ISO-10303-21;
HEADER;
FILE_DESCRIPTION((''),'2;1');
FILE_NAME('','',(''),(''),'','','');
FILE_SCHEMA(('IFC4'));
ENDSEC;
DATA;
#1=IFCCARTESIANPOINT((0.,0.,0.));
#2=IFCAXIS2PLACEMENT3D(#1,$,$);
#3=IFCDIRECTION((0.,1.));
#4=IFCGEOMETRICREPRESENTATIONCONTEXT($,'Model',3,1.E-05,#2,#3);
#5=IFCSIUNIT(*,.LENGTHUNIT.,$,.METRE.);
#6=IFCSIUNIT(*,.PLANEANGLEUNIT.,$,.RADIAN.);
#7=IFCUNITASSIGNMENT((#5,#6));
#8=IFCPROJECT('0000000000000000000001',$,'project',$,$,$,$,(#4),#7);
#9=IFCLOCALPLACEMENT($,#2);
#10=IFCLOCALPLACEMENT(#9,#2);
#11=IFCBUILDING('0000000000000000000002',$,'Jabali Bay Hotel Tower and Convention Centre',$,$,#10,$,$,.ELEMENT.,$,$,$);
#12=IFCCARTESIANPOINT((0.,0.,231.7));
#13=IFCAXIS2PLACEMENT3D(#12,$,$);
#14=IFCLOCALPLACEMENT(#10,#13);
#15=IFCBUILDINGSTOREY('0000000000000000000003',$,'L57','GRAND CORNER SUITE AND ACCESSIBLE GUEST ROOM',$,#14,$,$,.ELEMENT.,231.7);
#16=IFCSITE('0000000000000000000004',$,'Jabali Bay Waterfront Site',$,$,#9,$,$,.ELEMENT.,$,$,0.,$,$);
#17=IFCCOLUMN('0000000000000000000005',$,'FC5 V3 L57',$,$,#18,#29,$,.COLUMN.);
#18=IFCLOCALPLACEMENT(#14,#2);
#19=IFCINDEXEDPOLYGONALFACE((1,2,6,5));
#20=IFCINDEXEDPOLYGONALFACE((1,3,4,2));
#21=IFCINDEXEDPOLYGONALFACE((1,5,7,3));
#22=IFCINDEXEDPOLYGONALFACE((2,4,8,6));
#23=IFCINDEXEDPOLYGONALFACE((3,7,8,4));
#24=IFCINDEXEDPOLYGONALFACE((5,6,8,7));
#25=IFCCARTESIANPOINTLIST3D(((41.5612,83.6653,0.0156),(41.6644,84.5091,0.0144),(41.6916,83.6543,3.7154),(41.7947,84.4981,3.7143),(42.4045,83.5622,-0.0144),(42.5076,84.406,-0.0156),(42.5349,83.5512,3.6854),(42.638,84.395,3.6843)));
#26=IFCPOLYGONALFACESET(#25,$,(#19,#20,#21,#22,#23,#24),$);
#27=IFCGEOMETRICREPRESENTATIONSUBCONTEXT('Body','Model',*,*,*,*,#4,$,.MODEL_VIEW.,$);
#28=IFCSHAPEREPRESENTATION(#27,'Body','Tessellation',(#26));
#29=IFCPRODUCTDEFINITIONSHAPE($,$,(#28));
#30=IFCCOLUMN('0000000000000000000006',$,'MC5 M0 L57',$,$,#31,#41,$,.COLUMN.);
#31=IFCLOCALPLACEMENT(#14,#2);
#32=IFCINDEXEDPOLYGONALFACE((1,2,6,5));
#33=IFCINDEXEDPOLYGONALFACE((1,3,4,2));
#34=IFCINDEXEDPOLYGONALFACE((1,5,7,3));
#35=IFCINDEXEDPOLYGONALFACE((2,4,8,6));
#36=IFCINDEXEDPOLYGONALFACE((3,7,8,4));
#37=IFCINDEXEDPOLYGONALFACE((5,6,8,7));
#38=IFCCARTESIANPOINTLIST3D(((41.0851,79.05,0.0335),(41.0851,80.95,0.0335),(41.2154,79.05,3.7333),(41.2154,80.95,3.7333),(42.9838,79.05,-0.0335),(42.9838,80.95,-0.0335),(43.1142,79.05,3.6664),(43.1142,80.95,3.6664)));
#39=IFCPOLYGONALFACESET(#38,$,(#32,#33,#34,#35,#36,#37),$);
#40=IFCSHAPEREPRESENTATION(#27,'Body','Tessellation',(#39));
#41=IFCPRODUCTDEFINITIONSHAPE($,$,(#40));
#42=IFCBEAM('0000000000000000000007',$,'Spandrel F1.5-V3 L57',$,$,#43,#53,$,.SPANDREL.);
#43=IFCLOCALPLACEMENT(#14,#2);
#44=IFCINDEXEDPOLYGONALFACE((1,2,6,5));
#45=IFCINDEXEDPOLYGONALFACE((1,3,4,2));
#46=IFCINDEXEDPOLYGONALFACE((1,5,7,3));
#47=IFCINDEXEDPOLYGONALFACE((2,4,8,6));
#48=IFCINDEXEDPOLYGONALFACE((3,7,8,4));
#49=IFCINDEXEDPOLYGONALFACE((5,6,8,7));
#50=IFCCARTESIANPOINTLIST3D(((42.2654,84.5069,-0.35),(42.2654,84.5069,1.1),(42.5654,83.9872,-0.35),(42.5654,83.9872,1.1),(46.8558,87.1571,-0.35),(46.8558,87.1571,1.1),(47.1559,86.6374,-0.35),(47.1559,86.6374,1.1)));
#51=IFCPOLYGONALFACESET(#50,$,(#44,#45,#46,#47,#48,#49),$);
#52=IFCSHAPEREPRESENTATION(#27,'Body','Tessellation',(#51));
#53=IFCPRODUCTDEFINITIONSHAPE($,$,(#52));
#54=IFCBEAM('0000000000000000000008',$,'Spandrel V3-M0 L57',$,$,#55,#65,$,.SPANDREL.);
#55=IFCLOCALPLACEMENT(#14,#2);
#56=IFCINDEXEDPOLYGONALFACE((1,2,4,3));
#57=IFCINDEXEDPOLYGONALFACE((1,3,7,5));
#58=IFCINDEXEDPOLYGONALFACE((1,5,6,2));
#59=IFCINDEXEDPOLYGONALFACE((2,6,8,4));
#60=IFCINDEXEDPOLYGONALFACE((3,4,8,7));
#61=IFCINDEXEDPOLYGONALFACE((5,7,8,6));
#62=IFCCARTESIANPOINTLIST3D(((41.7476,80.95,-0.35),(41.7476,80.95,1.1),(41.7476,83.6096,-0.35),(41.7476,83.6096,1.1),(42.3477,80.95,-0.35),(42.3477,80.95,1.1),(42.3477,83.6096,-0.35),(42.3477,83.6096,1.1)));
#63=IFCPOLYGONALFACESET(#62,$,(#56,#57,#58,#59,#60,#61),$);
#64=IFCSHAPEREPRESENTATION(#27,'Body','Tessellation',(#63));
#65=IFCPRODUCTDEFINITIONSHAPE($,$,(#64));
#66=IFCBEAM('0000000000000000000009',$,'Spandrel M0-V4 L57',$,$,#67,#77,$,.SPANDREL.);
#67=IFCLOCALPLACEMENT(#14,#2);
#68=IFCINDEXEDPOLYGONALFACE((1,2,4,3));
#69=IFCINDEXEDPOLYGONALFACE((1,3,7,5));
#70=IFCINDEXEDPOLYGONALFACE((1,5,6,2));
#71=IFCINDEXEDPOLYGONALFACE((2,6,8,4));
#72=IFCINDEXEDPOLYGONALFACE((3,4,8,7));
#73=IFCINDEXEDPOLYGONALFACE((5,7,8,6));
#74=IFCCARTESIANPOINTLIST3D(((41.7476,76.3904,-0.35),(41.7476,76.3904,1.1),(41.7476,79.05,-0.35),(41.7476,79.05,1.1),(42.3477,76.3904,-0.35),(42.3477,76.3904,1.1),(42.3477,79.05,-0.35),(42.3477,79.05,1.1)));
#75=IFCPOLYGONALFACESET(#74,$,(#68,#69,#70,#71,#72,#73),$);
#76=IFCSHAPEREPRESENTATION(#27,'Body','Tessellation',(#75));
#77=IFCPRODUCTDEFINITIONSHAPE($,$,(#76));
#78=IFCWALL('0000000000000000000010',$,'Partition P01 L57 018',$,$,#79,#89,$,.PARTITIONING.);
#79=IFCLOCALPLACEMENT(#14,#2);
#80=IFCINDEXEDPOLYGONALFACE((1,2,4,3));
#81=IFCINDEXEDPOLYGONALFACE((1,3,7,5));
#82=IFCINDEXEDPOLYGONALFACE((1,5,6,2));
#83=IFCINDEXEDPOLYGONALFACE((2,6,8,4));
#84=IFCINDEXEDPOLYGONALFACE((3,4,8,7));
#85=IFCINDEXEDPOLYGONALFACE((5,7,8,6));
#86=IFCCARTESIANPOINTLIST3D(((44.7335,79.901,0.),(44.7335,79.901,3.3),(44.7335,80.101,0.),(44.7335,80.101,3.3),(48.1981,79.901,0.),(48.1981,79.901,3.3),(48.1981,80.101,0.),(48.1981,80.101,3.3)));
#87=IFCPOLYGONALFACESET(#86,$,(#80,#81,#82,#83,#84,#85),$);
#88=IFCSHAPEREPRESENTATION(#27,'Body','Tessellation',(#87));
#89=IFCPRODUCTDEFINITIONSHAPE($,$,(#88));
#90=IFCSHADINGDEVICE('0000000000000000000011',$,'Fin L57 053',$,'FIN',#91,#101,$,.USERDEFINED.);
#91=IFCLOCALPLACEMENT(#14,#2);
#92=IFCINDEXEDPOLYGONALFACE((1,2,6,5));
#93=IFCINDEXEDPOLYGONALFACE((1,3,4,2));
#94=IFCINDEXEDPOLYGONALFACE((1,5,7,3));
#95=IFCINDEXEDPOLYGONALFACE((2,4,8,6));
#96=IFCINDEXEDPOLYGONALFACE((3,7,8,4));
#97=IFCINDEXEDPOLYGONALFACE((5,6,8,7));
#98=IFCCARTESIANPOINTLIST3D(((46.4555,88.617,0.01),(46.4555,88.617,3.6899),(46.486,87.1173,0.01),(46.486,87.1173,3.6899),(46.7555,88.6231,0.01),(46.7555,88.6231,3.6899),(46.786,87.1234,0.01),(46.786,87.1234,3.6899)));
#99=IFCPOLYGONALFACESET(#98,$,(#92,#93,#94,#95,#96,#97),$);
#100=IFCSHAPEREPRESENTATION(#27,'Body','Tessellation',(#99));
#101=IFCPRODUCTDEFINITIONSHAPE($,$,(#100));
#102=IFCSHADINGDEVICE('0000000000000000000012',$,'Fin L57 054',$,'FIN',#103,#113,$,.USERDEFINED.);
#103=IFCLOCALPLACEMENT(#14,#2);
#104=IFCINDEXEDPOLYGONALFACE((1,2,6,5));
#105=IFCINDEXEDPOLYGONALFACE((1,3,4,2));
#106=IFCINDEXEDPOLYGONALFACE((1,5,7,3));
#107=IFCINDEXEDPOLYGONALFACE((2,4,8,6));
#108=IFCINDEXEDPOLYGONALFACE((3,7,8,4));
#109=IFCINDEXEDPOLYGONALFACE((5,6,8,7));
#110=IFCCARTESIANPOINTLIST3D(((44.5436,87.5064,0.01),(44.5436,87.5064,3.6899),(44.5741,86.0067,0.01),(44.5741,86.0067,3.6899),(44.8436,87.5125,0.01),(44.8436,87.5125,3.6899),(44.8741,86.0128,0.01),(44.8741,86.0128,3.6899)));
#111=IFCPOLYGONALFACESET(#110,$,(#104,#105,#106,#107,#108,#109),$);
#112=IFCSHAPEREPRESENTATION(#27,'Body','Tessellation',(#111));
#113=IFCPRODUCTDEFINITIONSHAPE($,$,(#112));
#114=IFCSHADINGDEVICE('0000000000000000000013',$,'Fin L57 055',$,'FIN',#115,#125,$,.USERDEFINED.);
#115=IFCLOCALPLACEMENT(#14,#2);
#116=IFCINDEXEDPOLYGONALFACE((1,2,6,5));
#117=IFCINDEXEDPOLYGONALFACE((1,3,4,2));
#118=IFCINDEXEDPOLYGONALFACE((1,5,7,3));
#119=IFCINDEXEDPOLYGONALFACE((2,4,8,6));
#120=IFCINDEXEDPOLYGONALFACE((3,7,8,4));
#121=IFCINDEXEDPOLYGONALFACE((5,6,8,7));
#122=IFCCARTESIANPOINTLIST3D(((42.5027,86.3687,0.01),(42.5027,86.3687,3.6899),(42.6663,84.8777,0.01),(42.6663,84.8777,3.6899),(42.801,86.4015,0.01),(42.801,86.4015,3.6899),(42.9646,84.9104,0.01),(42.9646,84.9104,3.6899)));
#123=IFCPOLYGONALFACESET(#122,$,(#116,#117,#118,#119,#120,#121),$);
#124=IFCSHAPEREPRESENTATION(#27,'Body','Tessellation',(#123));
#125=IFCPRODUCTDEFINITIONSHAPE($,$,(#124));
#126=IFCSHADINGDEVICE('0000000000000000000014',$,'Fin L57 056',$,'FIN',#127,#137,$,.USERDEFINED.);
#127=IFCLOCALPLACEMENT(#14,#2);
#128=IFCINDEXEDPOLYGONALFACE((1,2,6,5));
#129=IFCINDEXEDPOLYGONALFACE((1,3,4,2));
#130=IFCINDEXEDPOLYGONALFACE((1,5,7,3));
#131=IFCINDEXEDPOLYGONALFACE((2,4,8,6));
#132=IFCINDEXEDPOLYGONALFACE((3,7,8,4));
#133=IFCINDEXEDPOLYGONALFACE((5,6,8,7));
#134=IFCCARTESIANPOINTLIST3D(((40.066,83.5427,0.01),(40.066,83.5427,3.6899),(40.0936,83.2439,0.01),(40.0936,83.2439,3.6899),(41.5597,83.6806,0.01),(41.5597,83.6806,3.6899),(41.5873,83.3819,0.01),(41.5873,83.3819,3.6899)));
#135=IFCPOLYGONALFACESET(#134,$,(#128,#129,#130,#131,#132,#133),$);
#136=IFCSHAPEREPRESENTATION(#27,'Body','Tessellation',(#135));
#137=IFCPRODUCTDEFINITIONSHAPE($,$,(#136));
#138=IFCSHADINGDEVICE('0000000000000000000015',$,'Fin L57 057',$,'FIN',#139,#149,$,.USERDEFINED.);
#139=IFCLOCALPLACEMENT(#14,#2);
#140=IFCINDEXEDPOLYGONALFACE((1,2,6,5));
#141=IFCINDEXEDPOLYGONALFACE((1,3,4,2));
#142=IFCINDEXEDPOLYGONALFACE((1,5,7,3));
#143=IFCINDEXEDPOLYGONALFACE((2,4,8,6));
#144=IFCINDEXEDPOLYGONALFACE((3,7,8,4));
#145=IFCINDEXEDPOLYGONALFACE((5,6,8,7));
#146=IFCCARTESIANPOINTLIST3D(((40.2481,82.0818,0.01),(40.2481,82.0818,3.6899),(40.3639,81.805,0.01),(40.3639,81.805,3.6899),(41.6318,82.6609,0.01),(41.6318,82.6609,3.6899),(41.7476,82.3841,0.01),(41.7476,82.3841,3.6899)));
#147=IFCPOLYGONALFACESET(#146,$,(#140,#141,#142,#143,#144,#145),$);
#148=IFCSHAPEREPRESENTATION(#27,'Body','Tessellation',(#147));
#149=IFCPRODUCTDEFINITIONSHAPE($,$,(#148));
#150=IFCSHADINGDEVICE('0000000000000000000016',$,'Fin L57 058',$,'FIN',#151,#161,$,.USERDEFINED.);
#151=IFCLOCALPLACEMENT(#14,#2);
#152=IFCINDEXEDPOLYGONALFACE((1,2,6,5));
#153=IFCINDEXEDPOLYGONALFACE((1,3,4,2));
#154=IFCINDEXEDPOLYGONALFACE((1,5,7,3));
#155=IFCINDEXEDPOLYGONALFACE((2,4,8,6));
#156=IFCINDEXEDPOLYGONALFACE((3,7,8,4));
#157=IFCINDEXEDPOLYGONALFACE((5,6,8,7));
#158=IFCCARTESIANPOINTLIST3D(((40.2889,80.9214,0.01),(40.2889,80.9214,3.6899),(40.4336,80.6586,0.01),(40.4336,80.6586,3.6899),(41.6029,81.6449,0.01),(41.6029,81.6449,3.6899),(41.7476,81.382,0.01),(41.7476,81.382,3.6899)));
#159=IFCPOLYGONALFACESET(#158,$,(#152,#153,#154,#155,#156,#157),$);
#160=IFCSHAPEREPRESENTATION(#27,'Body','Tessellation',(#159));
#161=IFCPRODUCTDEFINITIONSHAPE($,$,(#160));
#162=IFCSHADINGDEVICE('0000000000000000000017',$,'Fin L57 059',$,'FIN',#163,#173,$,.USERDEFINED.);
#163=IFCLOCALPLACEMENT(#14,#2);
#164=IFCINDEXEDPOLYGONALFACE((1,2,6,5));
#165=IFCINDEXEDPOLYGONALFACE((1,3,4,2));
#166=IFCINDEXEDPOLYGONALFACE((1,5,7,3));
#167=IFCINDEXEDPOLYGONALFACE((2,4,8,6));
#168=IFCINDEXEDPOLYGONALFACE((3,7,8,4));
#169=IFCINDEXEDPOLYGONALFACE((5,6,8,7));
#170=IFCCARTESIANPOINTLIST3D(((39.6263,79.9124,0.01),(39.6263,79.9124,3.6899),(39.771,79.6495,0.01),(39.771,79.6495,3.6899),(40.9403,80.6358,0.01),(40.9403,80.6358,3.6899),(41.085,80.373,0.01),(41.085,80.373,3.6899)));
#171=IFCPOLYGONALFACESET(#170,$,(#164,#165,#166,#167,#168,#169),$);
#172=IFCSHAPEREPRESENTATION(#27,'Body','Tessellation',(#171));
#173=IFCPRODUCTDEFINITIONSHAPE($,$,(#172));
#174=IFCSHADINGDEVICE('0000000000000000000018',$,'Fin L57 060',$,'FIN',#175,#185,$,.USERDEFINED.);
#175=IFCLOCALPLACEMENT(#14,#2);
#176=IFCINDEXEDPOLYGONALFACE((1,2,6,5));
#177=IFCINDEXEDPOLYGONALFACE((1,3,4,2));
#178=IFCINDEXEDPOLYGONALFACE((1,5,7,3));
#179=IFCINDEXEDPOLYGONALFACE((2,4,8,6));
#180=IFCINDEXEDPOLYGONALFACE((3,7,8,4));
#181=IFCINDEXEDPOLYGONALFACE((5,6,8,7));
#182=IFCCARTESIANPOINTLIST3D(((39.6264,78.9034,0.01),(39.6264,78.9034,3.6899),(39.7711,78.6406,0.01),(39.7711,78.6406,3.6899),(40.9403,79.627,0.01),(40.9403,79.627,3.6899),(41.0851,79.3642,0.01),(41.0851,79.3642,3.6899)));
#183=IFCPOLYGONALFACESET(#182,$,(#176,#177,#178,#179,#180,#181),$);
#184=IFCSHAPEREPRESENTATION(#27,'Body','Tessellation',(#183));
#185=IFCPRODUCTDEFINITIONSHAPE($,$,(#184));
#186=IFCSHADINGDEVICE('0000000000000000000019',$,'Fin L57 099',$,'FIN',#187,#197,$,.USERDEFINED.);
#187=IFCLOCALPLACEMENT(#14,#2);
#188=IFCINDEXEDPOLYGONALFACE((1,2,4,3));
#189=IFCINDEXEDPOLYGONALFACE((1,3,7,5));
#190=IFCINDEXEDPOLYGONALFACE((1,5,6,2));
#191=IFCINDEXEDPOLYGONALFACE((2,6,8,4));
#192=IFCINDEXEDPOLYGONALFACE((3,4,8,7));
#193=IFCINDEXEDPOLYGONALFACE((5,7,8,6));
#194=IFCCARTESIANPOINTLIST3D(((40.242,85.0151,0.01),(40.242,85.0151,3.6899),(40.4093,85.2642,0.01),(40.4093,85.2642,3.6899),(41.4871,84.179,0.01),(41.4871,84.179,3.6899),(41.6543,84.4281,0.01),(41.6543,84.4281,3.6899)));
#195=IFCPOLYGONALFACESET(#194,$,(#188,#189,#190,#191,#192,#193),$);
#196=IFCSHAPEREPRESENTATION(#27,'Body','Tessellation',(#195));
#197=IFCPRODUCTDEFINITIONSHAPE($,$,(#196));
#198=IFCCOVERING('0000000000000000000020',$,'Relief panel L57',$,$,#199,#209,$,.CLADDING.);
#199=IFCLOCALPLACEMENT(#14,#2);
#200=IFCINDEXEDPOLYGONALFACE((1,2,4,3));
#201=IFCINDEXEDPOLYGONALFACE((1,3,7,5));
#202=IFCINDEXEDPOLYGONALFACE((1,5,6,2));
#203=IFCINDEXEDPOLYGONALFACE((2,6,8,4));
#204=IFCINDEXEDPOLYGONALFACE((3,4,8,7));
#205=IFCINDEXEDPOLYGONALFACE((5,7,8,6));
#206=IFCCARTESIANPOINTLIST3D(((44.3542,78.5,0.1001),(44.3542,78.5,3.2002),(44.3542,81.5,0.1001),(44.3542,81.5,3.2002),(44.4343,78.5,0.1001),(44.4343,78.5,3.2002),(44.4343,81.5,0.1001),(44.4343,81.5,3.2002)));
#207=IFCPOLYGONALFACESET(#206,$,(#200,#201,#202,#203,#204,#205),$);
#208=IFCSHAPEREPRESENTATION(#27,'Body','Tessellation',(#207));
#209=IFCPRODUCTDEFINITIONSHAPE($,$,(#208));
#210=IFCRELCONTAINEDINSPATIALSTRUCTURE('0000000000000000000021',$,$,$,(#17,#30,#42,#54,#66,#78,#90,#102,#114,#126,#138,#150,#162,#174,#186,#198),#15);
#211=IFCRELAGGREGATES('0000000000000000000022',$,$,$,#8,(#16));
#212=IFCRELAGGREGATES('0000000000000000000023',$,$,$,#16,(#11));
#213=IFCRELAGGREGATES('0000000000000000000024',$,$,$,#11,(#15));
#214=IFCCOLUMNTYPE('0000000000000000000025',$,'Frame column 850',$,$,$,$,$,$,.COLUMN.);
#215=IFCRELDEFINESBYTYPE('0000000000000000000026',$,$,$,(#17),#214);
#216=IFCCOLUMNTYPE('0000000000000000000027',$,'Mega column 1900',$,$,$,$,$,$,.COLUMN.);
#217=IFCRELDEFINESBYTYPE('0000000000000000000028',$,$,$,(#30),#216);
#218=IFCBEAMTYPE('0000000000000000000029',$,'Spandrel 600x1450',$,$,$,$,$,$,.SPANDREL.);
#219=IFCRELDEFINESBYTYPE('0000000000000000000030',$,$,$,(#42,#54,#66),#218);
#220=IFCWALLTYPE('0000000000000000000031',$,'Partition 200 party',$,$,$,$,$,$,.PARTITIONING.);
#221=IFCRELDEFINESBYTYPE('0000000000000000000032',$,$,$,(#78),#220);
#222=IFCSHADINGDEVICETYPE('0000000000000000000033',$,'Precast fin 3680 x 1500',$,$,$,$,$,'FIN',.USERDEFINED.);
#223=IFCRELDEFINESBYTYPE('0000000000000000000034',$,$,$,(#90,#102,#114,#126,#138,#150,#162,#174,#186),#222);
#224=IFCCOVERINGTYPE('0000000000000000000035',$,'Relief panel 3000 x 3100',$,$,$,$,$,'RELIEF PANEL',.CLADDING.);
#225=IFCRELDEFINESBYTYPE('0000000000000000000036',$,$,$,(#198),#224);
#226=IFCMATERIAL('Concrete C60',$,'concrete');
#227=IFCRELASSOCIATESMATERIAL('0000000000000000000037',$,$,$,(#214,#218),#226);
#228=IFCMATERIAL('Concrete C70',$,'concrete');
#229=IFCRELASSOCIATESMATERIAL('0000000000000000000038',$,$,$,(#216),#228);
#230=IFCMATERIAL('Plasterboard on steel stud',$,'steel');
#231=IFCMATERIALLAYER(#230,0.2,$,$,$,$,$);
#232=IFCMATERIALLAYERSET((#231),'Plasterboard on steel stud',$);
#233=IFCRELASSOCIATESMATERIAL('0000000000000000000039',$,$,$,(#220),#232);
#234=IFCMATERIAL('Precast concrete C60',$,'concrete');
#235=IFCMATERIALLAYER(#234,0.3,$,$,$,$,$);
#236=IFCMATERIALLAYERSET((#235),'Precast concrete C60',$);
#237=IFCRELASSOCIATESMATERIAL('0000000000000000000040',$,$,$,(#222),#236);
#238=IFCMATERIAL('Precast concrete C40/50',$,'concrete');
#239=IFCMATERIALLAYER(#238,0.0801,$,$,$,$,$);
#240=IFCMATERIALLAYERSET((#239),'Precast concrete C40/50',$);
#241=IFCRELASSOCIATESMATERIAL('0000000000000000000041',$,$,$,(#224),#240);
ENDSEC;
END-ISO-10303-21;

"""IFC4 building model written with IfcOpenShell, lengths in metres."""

from ifc_helpers import new_model, si_unit, direction, frame, frame_2d, origin, origin_2d, place, context, subcontext, project, spatial, rectangle, extrude, material, layer, layer_set, material_profile, profile_set, type_object, element, save


model = new_model("IFC4")

# Units and contexts
model_context = context("Model", 3, precision=1e-05, world=origin(), true_north=direction((0.0, 1.0)))
body_context = subcontext(model_context, "Body", "Model", "MODEL_VIEW")
ifc_project = project(units=[si_unit("LENGTHUNIT", "METRE"), si_unit("PLANEANGLEUNIT", "RADIAN")], contexts=[model_context])

# Site, building, storey
site_placement = place(None, origin())
site = spatial("IfcSite", under=ifc_project, at=site_placement, Name="Jabali Bay Waterfront Site", CompositionType="ELEMENT", RefElevation=0.0)
building_placement = place(site_placement, origin())
building = spatial("IfcBuilding", under=site, at=building_placement, Name="Jabali Bay Hotel Tower and Convention Centre", CompositionType="ELEMENT")
storey_placement = place(building_placement, frame((0.0, 0.0, 231.7)))
storey = spatial("IfcBuildingStorey", under=building, at=storey_placement, Name="L57", Description="GRAND CORNER SUITE AND ACCESSIBLE GUEST ROOM", CompositionType="ELEMENT", Elevation=231.7)

# Columns
ifc_material_1 = material(Name="Concrete C60", Category="concrete")
ifc_material_profile_1 = material_profile(ifc_material_1, rectangle(XDim=0.8501, YDim=0.8501, at=origin_2d()), Name="Frame column 850")
ifc_profile_set_1 = profile_set([ifc_material_profile_1], Name="Concrete C60")
column_type_1 = type_object("IfcColumnType", Name="Frame column 850", PredefinedType="COLUMN", material=ifc_profile_set_1)
column_1_placement = place(storey_placement, frame((42.0344, 84.0356, 0.0), z_axis=(0.035214, -0.002967, 0.999375), x_axis=(-0.991986, 0.12131, 0.035314)))
element("IfcColumn", 1, at=column_1_placement, inside=storey, type_object=column_type_1, Name="FC5 V3 L57", PredefinedType="COLUMN", context=body_context, shape_type="SweptSolid", body=[
    extrude(rectangle(XDim=0.8501, YDim=0.8501, at=origin_2d()), origin(), (0.0, 0.0, 1.0), 3.7021),
])
ifc_material_2 = material(Name="Concrete C70", Category="concrete")
ifc_material_profile_2 = material_profile(ifc_material_2, rectangle(XDim=1.8999, YDim=1.8999, at=origin_2d()), Name="Mega column 1900")
ifc_profile_set_2 = profile_set([ifc_material_profile_2], Name="Concrete C70")
column_type_2 = type_object("IfcColumnType", Name="Mega column 1900", PredefinedType="COLUMN", material=ifc_profile_set_2)
column_2_placement = place(storey_placement, frame((42.0344, 80.0, 0.0), z_axis=(0.035214, 0.0, 0.99938), x_axis=(0.0, 1.0, 0.0)))
element("IfcColumn", 2, at=column_2_placement, inside=storey, type_object=column_type_2, Name="MC5 M0 L57", PredefinedType="COLUMN", context=body_context, shape_type="SweptSolid", body=[
    extrude(rectangle(XDim=1.8999, YDim=1.8999, at=origin_2d()), origin(), (0.0, 0.0, 1.0), 3.7021),
])

# Beams
ifc_material_profile_3 = material_profile(ifc_material_1, rectangle(XDim=0.6001, YDim=1.45, at=origin_2d()), Name="Spandrel 600x1450")
ifc_profile_set_3 = profile_set([ifc_material_profile_3], Name="Concrete C60")
beam_type = type_object("IfcBeamType", Name="Spandrel 600x1450", PredefinedType="SPANDREL", material=ifc_profile_set_3)
beam_placement = place(storey_placement, frame((47.0059, 86.8972, 0.375), z_axis=(-0.866032, -0.499988, 0.0), x_axis=(0.499988, -0.866032, 0.0)))
element("IfcBeam", 3, at=beam_placement, inside=storey, type_object=beam_type, Name="Spandrel F1.5-V3 L57", PredefinedType="SPANDREL", context=body_context, shape_type="SweptSolid", body=[
    extrude(rectangle(XDim=0.6001, YDim=1.45, at=origin_2d()), origin(), (0.0, 0.0, 1.0), 5.3005),
])
for number, where, z_axis, x_axis, name in (
    (4, (42.0476, 83.6096, 0.375), (0.0, -1.0, 0.0), (1.0, 0.0, 0.0), "Spandrel V3-M0 L57"),
    (5, (42.0476, 79.05, 0.375), (0.0, -1.0, 0.0), (1.0, 0.0, 0.0), "Spandrel M0-V4 L57"),
):
    element("IfcBeam", number, at=place(storey_placement, frame(where, z_axis=z_axis, x_axis=x_axis)), inside=storey, type_object=beam_type, Name=name, PredefinedType="SPANDREL", context=body_context, shape_type="SweptSolid", body=[
        extrude(rectangle(XDim=0.6001, YDim=1.45, at=origin_2d()), origin(), (0.0, 0.0, 1.0), 2.6597),
    ])

# Wall
ifc_material_3 = material(Name="Plasterboard on steel stud", Category="steel")
ifc_layer_1 = layer(ifc_material_3, 0.2)
ifc_layer_set_1 = layer_set([ifc_layer_1], Name="Plasterboard on steel stud")
wall_type_1 = type_object("IfcWallType", Name="Partition 200 party", PredefinedType="PARTITIONING", material=ifc_layer_set_1)
wall_1_placement = place(storey_placement, frame((44.7334, 80.001, 0.0), z_axis=(0.0, 0.0, 1.0), x_axis=(1.0, 0.0, 0.0)))
element("IfcWall", 6, at=wall_1_placement, inside=storey, type_object=wall_type_1, Name="Partition P01 L57 018", PredefinedType="PARTITIONING", context=body_context, shape_type="SweptSolid", body=[
    extrude(rectangle(XDim=3.4646, YDim=0.2, at=frame_2d((1.7324, 0.0))), origin(), (0.0, 0.0, 1.0), 3.3),
])

# Shading devices
ifc_material_4 = material(Name="Precast concrete C60", Category="concrete")
ifc_layer_2 = layer(ifc_material_4, 0.3)
ifc_layer_set_2 = layer_set([ifc_layer_2], Name="Precast concrete C60")
shading_device_type = type_object("IfcShadingDeviceType", Name="Precast fin 3680 x 1500", ElementType="FIN", PredefinedType="USERDEFINED", material=ifc_layer_set_2)
for number, where, z_axis, x_axis, name in (
    (7, (46.636, 87.1204, 0.01), (0.0, 0.0, 1.0), (-0.020344, 0.999793, 0.0), "Fin L57 053"),
    (8, (44.7241, 86.0098, 0.01), (0.0, 0.0, 1.0), (-0.020344, 0.999793, 0.0), "Fin L57 054"),
    (9, (42.8154, 84.894, 0.01), (0.0, 0.0, 1.0), (-0.109056, 0.994036, 0.0), "Fin L57 055"),
    (10, (41.5735, 83.5312, 0.01), (0.0, 0.0, 1.0), (-0.995763, -0.091959, 0.0), "Fin L57 056"),
    (11, (41.6897, 82.5225, 0.01), (0.0, 0.0, 1.0), (-0.922479, -0.386048, 0.0), "Fin L57 057"),
    (12, (41.6753, 81.5134, 0.01), (0.0, 0.0, 1.0), (-0.876017, -0.482281, 0.0), "Fin L57 058"),
    (13, (41.0127, 80.5044, 0.01), (0.0, 0.0, 1.0), (-0.876017, -0.482281, 0.0), "Fin L57 059"),
    (14, (41.0127, 79.4956, 0.01), (0.0, 0.0, 1.0), (-0.875948, -0.482406, 0.0), "Fin L57 060"),
):
    element("IfcShadingDevice", number, at=place(storey_placement, frame(where, z_axis=z_axis, x_axis=x_axis)), inside=storey, type_object=shading_device_type, Name=name, ObjectType="FIN", PredefinedType="USERDEFINED", context=body_context, shape_type="SweptSolid", body=[
        extrude(rectangle(XDim=1.5, YDim=0.3, at=frame_2d((0.75, 0.0))), origin(), (0.0, 0.0, 1.0), 3.6799),
    ])
shading_device_placement = place(storey_placement, frame((41.5708, 84.3035, 0.01), z_axis=(0.0, 0.0, 1.0), x_axis=(-0.830167, 0.557514, 0.0)))
element("IfcShadingDevice", 15, at=shading_device_placement, inside=storey, type_object=shading_device_type, Name="Fin L57 099", ObjectType="FIN", PredefinedType="USERDEFINED", context=body_context, shape_type="SweptSolid", body=[
    extrude(rectangle(XDim=1.4998, YDim=0.3, at=frame_2d((0.75, 0.0))), origin(), (0.0, 0.0, 1.0), 3.6799),
])

# Covering
ifc_material_5 = material(Name="Precast concrete C40/50", Category="concrete")
ifc_layer_3 = layer(ifc_material_5, 0.0801)
ifc_layer_set_3 = layer_set([ifc_layer_3], Name="Precast concrete C40/50")
covering_type = type_object("IfcCoveringType", Name="Relief panel 3000 x 3100", ElementType="RELIEF PANEL", PredefinedType="CLADDING", material=ifc_layer_set_3)
covering_placement = place(storey_placement, frame((44.3943, 80.0, 0.1001), z_axis=(0.0, 0.0, 1.0), x_axis=(0.0, 1.0, 0.0)))
element("IfcCovering", 16, at=covering_placement, inside=storey, type_object=covering_type, Name="Relief panel L57", PredefinedType="CLADDING", context=body_context, shape_type="SweptSolid", body=[
    extrude(rectangle(XDim=3.0, YDim=0.0801, at=origin_2d()), origin(), (0.0, 0.0, 1.0), 3.1001),
])

save(model, "model.ifc")
